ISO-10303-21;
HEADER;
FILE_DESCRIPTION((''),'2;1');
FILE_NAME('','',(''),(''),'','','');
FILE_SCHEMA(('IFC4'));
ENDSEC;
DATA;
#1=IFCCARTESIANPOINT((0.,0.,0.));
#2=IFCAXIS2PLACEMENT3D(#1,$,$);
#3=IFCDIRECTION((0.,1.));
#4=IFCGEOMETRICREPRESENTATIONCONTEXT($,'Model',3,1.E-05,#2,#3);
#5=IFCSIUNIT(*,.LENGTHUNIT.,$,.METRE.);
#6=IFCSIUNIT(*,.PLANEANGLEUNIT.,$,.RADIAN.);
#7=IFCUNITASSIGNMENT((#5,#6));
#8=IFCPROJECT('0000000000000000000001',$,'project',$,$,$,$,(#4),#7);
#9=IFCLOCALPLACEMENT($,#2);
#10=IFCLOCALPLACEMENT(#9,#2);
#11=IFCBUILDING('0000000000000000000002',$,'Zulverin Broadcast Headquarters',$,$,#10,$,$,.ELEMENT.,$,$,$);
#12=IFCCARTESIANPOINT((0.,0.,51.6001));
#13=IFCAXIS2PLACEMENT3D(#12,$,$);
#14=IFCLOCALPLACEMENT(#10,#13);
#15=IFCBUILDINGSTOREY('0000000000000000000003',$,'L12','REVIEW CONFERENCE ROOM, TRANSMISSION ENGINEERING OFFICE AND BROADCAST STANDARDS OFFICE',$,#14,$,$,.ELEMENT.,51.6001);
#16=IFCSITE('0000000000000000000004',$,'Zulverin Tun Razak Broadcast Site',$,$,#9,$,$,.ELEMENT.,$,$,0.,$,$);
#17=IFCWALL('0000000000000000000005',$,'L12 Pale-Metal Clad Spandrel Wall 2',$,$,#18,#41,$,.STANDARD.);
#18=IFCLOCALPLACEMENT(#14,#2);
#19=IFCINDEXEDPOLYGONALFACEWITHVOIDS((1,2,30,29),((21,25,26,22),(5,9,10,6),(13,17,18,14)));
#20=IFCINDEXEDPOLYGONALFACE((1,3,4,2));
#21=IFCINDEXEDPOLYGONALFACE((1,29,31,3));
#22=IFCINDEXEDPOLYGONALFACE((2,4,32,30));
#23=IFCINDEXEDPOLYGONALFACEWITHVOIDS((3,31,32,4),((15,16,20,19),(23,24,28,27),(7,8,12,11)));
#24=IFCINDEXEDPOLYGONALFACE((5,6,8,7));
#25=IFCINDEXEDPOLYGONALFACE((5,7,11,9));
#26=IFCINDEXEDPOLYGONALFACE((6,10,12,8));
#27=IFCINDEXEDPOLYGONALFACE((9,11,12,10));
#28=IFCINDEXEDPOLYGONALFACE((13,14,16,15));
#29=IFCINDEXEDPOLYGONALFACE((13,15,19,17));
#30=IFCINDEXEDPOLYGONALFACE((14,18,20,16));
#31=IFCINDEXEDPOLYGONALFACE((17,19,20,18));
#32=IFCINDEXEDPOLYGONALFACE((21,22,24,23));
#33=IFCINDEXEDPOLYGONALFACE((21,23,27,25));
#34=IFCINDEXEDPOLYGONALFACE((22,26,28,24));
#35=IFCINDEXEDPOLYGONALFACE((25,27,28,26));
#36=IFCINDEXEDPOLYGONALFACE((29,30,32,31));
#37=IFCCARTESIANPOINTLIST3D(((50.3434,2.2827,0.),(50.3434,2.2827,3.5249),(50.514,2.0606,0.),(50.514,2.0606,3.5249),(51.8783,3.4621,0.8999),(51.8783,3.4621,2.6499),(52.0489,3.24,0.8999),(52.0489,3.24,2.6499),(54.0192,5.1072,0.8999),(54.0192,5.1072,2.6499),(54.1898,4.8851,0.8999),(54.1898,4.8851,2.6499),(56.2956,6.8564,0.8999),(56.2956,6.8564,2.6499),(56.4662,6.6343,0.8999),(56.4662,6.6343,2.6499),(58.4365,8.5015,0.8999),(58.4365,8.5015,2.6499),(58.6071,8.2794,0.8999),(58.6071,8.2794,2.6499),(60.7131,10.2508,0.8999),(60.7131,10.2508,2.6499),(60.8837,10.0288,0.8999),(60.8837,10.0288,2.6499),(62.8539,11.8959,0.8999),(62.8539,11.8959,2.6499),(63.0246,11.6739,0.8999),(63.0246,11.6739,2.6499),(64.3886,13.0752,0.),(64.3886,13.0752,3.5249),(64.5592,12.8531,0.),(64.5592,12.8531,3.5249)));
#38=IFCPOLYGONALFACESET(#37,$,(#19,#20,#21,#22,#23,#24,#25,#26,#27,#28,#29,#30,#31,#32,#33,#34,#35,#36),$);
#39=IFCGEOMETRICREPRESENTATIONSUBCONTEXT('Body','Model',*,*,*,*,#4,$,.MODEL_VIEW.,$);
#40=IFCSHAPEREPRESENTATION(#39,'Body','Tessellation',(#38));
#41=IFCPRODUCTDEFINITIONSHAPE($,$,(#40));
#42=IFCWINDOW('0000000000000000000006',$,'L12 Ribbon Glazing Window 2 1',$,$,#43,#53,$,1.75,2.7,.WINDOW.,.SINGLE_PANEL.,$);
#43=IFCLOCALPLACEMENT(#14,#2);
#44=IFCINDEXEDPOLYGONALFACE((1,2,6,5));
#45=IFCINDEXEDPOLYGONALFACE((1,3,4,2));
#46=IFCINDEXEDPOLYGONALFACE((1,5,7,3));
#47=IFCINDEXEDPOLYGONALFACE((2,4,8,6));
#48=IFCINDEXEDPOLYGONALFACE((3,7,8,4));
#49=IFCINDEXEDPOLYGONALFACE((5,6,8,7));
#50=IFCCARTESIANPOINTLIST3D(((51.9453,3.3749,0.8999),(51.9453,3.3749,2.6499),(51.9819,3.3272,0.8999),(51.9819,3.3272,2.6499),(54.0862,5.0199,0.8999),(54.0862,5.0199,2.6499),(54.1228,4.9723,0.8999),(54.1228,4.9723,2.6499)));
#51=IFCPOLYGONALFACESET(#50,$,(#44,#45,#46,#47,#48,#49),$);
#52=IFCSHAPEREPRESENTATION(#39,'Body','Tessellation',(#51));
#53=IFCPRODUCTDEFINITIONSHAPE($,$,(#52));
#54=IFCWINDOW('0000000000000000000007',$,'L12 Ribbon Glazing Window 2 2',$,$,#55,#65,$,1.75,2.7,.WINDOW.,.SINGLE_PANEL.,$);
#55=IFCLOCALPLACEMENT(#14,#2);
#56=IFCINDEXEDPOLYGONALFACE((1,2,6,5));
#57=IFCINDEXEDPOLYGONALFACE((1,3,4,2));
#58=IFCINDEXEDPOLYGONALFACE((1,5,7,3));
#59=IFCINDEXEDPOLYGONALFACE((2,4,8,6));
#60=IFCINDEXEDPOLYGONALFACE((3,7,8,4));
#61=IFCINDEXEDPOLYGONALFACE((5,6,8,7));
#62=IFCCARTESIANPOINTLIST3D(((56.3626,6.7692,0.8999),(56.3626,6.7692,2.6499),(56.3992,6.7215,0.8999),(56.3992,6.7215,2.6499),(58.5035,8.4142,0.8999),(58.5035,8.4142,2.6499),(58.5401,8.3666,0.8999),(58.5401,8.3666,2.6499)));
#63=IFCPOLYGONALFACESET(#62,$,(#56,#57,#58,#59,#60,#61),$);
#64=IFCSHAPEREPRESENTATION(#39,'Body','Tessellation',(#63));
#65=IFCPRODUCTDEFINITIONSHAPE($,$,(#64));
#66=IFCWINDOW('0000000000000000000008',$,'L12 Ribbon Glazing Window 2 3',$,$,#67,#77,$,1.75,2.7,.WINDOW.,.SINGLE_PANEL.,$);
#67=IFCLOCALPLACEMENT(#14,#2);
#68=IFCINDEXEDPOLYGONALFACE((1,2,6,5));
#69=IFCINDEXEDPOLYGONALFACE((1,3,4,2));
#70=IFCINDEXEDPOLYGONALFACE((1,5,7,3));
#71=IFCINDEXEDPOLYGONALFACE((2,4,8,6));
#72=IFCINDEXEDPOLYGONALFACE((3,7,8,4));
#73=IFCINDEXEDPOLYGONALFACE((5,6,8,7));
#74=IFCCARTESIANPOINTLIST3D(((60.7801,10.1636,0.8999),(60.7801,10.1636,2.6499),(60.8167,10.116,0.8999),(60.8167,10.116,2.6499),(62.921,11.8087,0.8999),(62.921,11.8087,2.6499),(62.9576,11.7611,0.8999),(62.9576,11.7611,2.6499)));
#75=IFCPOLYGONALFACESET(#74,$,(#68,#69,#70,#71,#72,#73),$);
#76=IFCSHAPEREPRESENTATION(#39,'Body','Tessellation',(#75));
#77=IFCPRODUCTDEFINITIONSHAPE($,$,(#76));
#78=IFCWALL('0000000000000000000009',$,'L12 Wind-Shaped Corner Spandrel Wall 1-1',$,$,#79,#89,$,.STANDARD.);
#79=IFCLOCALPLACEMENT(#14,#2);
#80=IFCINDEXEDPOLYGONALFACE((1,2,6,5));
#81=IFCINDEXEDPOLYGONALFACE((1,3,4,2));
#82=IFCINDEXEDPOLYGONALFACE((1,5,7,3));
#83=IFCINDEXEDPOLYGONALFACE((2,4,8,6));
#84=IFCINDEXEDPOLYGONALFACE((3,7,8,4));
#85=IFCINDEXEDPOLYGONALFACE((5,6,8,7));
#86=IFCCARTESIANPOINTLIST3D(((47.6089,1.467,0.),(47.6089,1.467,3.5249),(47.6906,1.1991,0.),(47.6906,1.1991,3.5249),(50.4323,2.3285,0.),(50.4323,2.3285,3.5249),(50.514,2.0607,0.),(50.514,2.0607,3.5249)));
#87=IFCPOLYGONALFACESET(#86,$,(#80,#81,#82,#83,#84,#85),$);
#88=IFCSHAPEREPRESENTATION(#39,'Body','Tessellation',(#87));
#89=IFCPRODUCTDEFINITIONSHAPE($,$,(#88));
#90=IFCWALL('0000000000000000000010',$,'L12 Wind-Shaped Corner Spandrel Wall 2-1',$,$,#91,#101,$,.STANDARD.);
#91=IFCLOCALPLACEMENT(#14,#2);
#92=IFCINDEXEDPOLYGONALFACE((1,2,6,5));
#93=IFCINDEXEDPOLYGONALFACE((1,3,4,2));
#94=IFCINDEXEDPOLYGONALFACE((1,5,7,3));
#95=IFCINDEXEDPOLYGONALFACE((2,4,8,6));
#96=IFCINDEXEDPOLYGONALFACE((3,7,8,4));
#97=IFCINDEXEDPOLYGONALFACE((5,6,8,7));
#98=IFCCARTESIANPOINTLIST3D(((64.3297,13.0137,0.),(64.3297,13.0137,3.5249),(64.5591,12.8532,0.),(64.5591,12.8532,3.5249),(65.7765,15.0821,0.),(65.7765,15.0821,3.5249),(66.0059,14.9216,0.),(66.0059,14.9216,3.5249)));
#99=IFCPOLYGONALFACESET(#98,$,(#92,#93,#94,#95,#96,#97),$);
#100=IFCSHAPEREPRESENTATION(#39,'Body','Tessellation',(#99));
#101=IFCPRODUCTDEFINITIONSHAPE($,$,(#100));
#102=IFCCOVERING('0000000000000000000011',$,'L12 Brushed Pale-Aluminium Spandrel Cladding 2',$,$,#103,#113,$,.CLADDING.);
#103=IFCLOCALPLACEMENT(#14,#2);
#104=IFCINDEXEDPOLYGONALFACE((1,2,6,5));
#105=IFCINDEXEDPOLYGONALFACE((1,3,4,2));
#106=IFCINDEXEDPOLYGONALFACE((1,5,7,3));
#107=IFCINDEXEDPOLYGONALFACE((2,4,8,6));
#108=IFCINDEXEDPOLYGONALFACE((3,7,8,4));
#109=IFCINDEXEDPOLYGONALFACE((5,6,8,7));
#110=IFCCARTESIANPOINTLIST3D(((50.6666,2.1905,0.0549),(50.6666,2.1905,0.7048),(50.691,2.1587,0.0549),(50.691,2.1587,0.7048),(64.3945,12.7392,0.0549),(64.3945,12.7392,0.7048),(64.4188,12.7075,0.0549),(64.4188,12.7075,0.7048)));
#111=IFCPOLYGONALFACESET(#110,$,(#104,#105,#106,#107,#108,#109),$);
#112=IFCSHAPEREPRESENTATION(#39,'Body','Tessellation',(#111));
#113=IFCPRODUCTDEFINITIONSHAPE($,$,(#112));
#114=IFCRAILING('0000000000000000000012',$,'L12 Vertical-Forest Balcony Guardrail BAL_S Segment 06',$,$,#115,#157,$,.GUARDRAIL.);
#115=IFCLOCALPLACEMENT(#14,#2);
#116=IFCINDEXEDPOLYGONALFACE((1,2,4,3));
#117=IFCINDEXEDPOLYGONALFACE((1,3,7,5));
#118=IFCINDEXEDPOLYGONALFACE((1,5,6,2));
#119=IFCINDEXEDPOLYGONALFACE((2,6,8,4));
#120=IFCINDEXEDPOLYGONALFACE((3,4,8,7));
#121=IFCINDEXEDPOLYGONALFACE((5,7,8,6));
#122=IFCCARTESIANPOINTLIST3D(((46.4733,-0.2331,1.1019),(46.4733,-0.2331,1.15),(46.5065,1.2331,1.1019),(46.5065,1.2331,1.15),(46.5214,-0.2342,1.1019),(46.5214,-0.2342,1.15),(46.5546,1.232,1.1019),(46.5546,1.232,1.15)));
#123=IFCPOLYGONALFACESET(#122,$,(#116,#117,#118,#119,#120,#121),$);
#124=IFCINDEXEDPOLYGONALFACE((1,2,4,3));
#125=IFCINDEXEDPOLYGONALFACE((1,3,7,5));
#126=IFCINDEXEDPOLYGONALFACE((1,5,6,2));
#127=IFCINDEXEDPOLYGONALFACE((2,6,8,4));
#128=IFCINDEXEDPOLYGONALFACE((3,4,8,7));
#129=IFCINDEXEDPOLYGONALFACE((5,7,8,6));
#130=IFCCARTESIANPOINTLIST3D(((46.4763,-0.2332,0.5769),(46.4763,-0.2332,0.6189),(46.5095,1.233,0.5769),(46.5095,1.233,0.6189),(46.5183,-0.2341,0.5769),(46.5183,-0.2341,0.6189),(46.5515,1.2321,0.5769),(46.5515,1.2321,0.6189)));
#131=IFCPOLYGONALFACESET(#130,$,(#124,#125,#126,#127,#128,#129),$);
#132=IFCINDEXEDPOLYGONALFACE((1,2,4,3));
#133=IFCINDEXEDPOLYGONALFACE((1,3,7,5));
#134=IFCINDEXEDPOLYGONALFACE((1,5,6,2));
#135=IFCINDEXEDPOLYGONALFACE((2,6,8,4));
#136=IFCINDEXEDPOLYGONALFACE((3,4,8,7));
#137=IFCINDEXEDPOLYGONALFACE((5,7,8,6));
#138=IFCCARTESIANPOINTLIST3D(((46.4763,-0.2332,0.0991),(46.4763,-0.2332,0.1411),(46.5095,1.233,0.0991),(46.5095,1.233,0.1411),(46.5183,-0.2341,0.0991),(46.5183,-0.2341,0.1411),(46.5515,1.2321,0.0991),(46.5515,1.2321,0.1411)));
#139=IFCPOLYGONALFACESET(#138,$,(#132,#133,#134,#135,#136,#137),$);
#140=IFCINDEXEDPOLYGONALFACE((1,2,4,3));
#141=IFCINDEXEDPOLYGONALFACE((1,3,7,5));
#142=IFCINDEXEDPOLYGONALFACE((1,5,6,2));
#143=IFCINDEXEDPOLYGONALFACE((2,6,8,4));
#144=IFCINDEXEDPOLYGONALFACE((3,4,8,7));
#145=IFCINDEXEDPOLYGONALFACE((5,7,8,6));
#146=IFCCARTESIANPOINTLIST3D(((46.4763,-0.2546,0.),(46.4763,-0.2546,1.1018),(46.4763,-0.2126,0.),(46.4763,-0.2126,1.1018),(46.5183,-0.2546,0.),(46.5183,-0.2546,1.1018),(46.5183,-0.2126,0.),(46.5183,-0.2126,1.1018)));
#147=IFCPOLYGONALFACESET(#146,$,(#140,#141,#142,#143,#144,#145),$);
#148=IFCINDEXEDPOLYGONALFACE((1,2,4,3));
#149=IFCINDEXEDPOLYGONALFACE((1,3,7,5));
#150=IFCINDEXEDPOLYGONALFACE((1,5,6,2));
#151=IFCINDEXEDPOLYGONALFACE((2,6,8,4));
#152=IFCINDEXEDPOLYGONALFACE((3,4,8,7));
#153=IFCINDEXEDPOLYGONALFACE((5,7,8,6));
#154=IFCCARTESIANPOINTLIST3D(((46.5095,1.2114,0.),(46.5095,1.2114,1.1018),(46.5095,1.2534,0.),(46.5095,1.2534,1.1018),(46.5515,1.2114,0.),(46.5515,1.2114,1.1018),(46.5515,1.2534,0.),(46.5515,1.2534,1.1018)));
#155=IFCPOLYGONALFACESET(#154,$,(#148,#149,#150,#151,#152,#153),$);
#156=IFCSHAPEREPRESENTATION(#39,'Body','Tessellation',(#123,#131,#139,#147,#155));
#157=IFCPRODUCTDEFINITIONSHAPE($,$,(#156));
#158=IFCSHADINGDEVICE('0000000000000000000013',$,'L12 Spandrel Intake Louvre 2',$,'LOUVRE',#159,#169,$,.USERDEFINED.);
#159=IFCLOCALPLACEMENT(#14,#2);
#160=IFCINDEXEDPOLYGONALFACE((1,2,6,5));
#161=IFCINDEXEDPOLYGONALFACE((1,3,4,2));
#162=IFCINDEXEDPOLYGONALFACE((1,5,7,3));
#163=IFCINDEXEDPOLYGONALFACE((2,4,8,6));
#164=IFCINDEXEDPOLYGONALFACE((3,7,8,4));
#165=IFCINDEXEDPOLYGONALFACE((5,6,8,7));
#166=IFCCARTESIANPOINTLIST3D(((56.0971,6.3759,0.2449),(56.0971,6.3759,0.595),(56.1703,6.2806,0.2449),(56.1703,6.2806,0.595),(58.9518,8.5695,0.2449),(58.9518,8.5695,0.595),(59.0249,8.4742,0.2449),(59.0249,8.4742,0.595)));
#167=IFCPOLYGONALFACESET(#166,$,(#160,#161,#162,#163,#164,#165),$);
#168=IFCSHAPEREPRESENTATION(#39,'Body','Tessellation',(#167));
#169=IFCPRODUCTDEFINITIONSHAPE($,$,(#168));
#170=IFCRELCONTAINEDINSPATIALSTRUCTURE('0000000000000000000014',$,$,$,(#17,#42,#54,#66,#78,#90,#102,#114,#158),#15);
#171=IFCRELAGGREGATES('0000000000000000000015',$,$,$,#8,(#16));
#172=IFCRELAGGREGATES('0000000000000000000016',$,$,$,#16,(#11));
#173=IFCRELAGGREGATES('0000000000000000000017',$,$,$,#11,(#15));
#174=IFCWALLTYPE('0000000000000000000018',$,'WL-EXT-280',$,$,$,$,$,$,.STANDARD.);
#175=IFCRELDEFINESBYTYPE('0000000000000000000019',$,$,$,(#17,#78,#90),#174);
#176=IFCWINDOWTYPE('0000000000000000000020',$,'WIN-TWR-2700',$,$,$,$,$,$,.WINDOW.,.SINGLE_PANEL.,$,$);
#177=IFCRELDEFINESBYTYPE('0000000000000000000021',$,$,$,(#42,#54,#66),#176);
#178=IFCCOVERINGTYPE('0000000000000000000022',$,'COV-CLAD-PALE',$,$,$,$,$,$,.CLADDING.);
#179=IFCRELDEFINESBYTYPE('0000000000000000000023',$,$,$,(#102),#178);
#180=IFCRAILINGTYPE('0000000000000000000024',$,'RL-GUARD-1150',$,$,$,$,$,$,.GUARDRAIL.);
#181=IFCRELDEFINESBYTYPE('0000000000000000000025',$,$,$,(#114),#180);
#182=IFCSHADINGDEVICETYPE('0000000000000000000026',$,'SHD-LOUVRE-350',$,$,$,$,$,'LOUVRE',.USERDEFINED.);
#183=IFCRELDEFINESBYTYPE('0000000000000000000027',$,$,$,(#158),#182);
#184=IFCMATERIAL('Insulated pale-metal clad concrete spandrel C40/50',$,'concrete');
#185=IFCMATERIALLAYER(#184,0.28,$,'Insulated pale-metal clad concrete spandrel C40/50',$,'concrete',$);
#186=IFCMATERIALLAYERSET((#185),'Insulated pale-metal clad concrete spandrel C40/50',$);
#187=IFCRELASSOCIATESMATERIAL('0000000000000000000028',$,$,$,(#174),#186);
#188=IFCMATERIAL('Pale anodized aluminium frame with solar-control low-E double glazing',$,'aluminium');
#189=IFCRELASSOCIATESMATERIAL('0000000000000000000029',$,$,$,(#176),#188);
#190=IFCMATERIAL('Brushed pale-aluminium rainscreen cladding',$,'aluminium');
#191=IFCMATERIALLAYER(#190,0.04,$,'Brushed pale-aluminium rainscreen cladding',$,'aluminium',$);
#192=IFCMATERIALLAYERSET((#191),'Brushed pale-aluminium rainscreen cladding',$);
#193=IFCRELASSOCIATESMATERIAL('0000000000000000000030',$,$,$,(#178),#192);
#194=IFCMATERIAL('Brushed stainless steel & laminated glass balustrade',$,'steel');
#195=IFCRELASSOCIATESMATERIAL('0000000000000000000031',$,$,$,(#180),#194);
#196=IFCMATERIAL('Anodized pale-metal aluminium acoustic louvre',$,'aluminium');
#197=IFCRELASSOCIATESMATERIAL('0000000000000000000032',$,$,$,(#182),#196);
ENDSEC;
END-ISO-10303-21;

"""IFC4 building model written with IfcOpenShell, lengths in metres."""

from ifc_helpers import new_model, si_unit, direction, frame, frame_2d, origin, origin_2d, place, context, subcontext, project, spatial, rectangle, extrude, material, layer, layer_set, type_object, element, fill, save


model = new_model("IFC4")

# Units and contexts
model_context = context("Model", 3, precision=1e-05, world=origin(), true_north=direction((0.0, 1.0)))
body_context = subcontext(model_context, "Body", "Model", "MODEL_VIEW")
ifc_project = project(units=[si_unit("LENGTHUNIT", "METRE"), si_unit("PLANEANGLEUNIT", "RADIAN")], contexts=[model_context])

# Site, building, storey
site_placement = place(None, origin())
site = spatial("IfcSite", under=ifc_project, at=site_placement, Name="Zulverin Tun Razak Broadcast Site", CompositionType="ELEMENT", RefElevation=0.0)
building_placement = place(site_placement, origin())
building = spatial("IfcBuilding", under=site, at=building_placement, Name="Zulverin Broadcast Headquarters", CompositionType="ELEMENT")
storey_placement = place(building_placement, frame((0.0, 0.0, 51.6001)))
storey = spatial("IfcBuildingStorey", under=building, at=storey_placement, Name="L12", Description="REVIEW CONFERENCE ROOM, TRANSMISSION ENGINEERING OFFICE AND BROADCAST STANDARDS OFFICE", CompositionType="ELEMENT", Elevation=51.6001)

# Wall, openings, windows
ifc_material_1 = material(Name="Insulated pale-metal clad concrete spandrel C40/50", Category="concrete")
ifc_layer_1 = layer(ifc_material_1, 0.28, Name="Insulated pale-metal clad concrete spandrel C40/50", Category="concrete")
ifc_layer_set_1 = layer_set([ifc_layer_1], Name="Insulated pale-metal clad concrete spandrel C40/50")
wall_type = type_object("IfcWallType", Name="WL-EXT-280", PredefinedType="STANDARD", material=ifc_layer_set_1)
wall_1_placement = place(storey_placement, frame((50.4287, 2.1716, 0.0), z_axis=(0.0, 0.0, 1.0), x_axis=(0.792937, 0.609303, 0.0)))
wall_1 = element("IfcWall", 1, at=wall_1_placement, inside=storey, type_object=wall_type, Name="L12 Pale-Metal Clad Spandrel Wall 2", PredefinedType="STANDARD", context=body_context, shape_type="SweptSolid", body=[
    extrude(rectangle(XDim=17.7129, YDim=0.28, at=frame_2d((8.8564, 0.0))), origin(), (0.0, 0.0, 1.0), 3.5249),
])
opening_1_placement = place(wall_1_placement, frame((1.9355, 0.0, 0.8999)))
opening_1 = element("IfcOpeningElement", 2, at=opening_1_placement, cuts=wall_1, PredefinedType="OPENING", context=body_context, shape_type="SweptSolid", body=[
    extrude(rectangle(XDim=2.7, YDim=1.75, at=frame_2d((1.3501, 0.875))), frame((0.0, 0.1499, 0.0), z_axis=(0.0, -1.0, 0.0), x_axis=(1.0, 0.0, 0.0)), (0.0, 0.0, 1.0), 0.3),
])
opening_2_placement = place(wall_1_placement, frame((7.5063, 0.0, 0.8999)))
opening_2 = element("IfcOpeningElement", 3, at=opening_2_placement, cuts=wall_1, PredefinedType="OPENING", context=body_context, shape_type="SweptSolid", body=[
    extrude(rectangle(XDim=2.7, YDim=1.75, at=frame_2d((1.3501, 0.875))), frame((0.0, 0.1499, 0.0), z_axis=(0.0, -1.0, 0.0), x_axis=(1.0, 0.0, 0.0)), (0.0, 0.0, 1.0), 0.3),
])
opening_3_placement = place(wall_1_placement, frame((13.0774, 0.0, 0.8999)))
opening_3 = element("IfcOpeningElement", 4, at=opening_3_placement, cuts=wall_1, PredefinedType="OPENING", context=body_context, shape_type="SweptSolid", body=[
    extrude(rectangle(XDim=2.7, YDim=1.75, at=frame_2d((1.3501, 0.875))), frame((0.0, 0.1499, 0.0), z_axis=(0.0, -1.0, 0.0), x_axis=(1.0, 0.0, 0.0)), (0.0, 0.0, 1.0), 0.3),
])
ifc_material_2 = material(Name="Pale anodized aluminium frame with solar-control low-E double glazing", Category="aluminium")
window_type = type_object("IfcWindowType", Name="WIN-TWR-2700", PartitioningType="SINGLE_PANEL", PredefinedType="WINDOW", material=ifc_material_2)
window_1_placement = place(opening_1_placement, origin())
window_1 = element("IfcWindow", 5, at=window_1_placement, inside=storey, type_object=window_type, Name="L12 Ribbon Glazing Window 2 1", OverallHeight=1.75, OverallWidth=2.7, PartitioningType="SINGLE_PANEL", PredefinedType="WINDOW", context=body_context, shape_type="SweptSolid", body=[
    extrude(rectangle(XDim=2.7, YDim=1.75, at=frame_2d((1.3501, 0.875))), frame((0.0, 0.03, 0.0), z_axis=(0.0, -1.0, 0.0), x_axis=(1.0, 0.0, 0.0)), (0.0, 0.0, 1.0), 0.0601),
])
fill(opening_1, window_1)
window_2_placement = place(opening_2_placement, origin())
window_2 = element("IfcWindow", 6, at=window_2_placement, inside=storey, type_object=window_type, Name="L12 Ribbon Glazing Window 2 2", OverallHeight=1.75, OverallWidth=2.7, PartitioningType="SINGLE_PANEL", PredefinedType="WINDOW", context=body_context, shape_type="SweptSolid", body=[
    extrude(rectangle(XDim=2.7, YDim=1.75, at=frame_2d((1.3501, 0.875))), frame((0.0, 0.03, 0.0), z_axis=(0.0, -1.0, 0.0), x_axis=(1.0, 0.0, 0.0)), (0.0, 0.0, 1.0), 0.0601),
])
fill(opening_2, window_2)
window_3_placement = place(opening_3_placement, origin())
window_3 = element("IfcWindow", 7, at=window_3_placement, inside=storey, type_object=window_type, Name="L12 Ribbon Glazing Window 2 3", OverallHeight=1.75, OverallWidth=2.7, PartitioningType="SINGLE_PANEL", PredefinedType="WINDOW", context=body_context, shape_type="SweptSolid", body=[
    extrude(rectangle(XDim=2.7, YDim=1.75, at=frame_2d((1.3501, 0.875))), frame((0.0, 0.03, 0.0), z_axis=(0.0, -1.0, 0.0), x_axis=(1.0, 0.0, 0.0)), (0.0, 0.0, 1.0), 0.0601),
])
fill(opening_3, window_3)

# Walls
wall_2_placement = place(storey_placement, frame((47.6497, 1.333, 0.0), z_axis=(0.0, 0.0, 1.0), x_axis=(0.956461, 0.291859, 0.0)))
element("IfcWall", 8, at=wall_2_placement, inside=storey, type_object=wall_type, Name="L12 Wind-Shaped Corner Spandrel Wall 1-1", PredefinedType="STANDARD", context=body_context, shape_type="SweptSolid", body=[
    extrude(rectangle(XDim=2.9519, YDim=0.28, at=frame_2d((1.4761, 0.0))), origin(), (0.0, 0.0, 1.0), 3.5249),
])
wall_3_placement = place(storey_placement, frame((64.4443, 12.9333, 0.0), z_axis=(0.0, 0.0, 1.0), x_axis=(0.573177, 0.819432, 0.0)))
element("IfcWall", 9, at=wall_3_placement, inside=storey, type_object=wall_type, Name="L12 Wind-Shaped Corner Spandrel Wall 2-1", PredefinedType="STANDARD", context=body_context, shape_type="SweptSolid", body=[
    extrude(rectangle(XDim=2.5242, YDim=0.28, at=frame_2d((1.2622, 0.0))), origin(), (0.0, 0.0, 1.0), 3.5249),
])

# Covering
ifc_material_3 = material(Name="Brushed pale-aluminium rainscreen cladding", Category="aluminium")
ifc_layer_2 = layer(ifc_material_3, 0.04, Name="Brushed pale-aluminium rainscreen cladding", Category="aluminium")
ifc_layer_set_2 = layer_set([ifc_layer_2], Name="Brushed pale-aluminium rainscreen cladding")
covering_type = type_object("IfcCoveringType", Name="COV-CLAD-PALE", PredefinedType="CLADDING", material=ifc_layer_set_2)
covering_placement = place(storey_placement, frame((57.5427, 7.449, 0.0549), z_axis=(0.0, 0.0, 1.0), x_axis=(0.792933, 0.609308, 0.0)))
element("IfcCovering", 10, at=covering_placement, inside=storey, type_object=covering_type, Name="L12 Brushed Pale-Aluminium Spandrel Cladding 2", PredefinedType="CLADDING", context=body_context, shape_type="SweptSolid", body=[
    extrude(rectangle(XDim=17.3127, YDim=0.04, at=origin_2d()), origin(), (0.0, 0.0, 1.0), 0.6499),
])

# Railing
ifc_material_4 = material(Name="Brushed stainless steel & laminated glass balustrade", Category="steel")
railing_type = type_object("IfcRailingType", Name="RL-GUARD-1150", PredefinedType="GUARDRAIL", material=ifc_material_4)
railing_placement = place(storey_placement, frame((46.4973, -0.2336, 0.0)))
element("IfcRailing", 11, at=railing_placement, inside=storey, type_object=railing_type, Name="L12 Vertical-Forest Balcony Guardrail BAL_S Segment 06", PredefinedType="GUARDRAIL", context=body_context, shape_type="SweptSolid", body=[
    extrude(rectangle(XDim=0.0481, YDim=0.0481, at=origin_2d()), frame((0.0, 0.0, 1.126), z_axis=(0.022642, 0.999744, 0.0), x_axis=(-0.999744, 0.022642, 0.0)), (0.0, 0.0, 1.0), 1.4666),
    extrude(rectangle(XDim=0.042, YDim=0.042, at=origin_2d()), frame((0.0, 0.0, 0.5979), z_axis=(0.022642, 0.999744, 0.0), x_axis=(-0.999744, 0.022642, 0.0)), (0.0, 0.0, 1.0), 1.4666),
    extrude(rectangle(XDim=0.042, YDim=0.042, at=origin_2d()), frame((0.0, 0.0, 0.1201), z_axis=(0.022642, 0.999744, 0.0), x_axis=(-0.999744, 0.022642, 0.0)), (0.0, 0.0, 1.0), 1.4666),
    extrude(rectangle(XDim=0.042, YDim=0.042, at=origin_2d()), origin(), (0.0, 0.0, 1.0), 1.1018),
    extrude(rectangle(XDim=0.042, YDim=0.042, at=origin_2d()), frame((0.0332, 1.4661, 0.0)), (0.0, 0.0, 1.0), 1.1018),
])

# Shading device
ifc_material_5 = material(Name="Anodized pale-metal aluminium acoustic louvre", Category="aluminium")
shading_device_type_1 = type_object("IfcShadingDeviceType", Name="SHD-LOUVRE-350", ElementType="LOUVRE", PredefinedType="USERDEFINED", material=ifc_material_5)
shading_device_1_placement = place(storey_placement, frame((57.561, 7.425, 0.2449), z_axis=(0.0, 0.0, 1.0), x_axis=(0.792933, 0.609308, 0.0)))
element("IfcShadingDevice", 12, at=shading_device_1_placement, inside=storey, type_object=shading_device_type_1, Name="L12 Spandrel Intake Louvre 2", ObjectType="LOUVRE", PredefinedType="USERDEFINED", context=body_context, shape_type="SweptSolid", body=[
    extrude(rectangle(XDim=3.6001, YDim=0.1201, at=origin_2d()), origin(), (0.0, 0.0, 1.0), 0.3501),
])

save(model, "model.ifc")
